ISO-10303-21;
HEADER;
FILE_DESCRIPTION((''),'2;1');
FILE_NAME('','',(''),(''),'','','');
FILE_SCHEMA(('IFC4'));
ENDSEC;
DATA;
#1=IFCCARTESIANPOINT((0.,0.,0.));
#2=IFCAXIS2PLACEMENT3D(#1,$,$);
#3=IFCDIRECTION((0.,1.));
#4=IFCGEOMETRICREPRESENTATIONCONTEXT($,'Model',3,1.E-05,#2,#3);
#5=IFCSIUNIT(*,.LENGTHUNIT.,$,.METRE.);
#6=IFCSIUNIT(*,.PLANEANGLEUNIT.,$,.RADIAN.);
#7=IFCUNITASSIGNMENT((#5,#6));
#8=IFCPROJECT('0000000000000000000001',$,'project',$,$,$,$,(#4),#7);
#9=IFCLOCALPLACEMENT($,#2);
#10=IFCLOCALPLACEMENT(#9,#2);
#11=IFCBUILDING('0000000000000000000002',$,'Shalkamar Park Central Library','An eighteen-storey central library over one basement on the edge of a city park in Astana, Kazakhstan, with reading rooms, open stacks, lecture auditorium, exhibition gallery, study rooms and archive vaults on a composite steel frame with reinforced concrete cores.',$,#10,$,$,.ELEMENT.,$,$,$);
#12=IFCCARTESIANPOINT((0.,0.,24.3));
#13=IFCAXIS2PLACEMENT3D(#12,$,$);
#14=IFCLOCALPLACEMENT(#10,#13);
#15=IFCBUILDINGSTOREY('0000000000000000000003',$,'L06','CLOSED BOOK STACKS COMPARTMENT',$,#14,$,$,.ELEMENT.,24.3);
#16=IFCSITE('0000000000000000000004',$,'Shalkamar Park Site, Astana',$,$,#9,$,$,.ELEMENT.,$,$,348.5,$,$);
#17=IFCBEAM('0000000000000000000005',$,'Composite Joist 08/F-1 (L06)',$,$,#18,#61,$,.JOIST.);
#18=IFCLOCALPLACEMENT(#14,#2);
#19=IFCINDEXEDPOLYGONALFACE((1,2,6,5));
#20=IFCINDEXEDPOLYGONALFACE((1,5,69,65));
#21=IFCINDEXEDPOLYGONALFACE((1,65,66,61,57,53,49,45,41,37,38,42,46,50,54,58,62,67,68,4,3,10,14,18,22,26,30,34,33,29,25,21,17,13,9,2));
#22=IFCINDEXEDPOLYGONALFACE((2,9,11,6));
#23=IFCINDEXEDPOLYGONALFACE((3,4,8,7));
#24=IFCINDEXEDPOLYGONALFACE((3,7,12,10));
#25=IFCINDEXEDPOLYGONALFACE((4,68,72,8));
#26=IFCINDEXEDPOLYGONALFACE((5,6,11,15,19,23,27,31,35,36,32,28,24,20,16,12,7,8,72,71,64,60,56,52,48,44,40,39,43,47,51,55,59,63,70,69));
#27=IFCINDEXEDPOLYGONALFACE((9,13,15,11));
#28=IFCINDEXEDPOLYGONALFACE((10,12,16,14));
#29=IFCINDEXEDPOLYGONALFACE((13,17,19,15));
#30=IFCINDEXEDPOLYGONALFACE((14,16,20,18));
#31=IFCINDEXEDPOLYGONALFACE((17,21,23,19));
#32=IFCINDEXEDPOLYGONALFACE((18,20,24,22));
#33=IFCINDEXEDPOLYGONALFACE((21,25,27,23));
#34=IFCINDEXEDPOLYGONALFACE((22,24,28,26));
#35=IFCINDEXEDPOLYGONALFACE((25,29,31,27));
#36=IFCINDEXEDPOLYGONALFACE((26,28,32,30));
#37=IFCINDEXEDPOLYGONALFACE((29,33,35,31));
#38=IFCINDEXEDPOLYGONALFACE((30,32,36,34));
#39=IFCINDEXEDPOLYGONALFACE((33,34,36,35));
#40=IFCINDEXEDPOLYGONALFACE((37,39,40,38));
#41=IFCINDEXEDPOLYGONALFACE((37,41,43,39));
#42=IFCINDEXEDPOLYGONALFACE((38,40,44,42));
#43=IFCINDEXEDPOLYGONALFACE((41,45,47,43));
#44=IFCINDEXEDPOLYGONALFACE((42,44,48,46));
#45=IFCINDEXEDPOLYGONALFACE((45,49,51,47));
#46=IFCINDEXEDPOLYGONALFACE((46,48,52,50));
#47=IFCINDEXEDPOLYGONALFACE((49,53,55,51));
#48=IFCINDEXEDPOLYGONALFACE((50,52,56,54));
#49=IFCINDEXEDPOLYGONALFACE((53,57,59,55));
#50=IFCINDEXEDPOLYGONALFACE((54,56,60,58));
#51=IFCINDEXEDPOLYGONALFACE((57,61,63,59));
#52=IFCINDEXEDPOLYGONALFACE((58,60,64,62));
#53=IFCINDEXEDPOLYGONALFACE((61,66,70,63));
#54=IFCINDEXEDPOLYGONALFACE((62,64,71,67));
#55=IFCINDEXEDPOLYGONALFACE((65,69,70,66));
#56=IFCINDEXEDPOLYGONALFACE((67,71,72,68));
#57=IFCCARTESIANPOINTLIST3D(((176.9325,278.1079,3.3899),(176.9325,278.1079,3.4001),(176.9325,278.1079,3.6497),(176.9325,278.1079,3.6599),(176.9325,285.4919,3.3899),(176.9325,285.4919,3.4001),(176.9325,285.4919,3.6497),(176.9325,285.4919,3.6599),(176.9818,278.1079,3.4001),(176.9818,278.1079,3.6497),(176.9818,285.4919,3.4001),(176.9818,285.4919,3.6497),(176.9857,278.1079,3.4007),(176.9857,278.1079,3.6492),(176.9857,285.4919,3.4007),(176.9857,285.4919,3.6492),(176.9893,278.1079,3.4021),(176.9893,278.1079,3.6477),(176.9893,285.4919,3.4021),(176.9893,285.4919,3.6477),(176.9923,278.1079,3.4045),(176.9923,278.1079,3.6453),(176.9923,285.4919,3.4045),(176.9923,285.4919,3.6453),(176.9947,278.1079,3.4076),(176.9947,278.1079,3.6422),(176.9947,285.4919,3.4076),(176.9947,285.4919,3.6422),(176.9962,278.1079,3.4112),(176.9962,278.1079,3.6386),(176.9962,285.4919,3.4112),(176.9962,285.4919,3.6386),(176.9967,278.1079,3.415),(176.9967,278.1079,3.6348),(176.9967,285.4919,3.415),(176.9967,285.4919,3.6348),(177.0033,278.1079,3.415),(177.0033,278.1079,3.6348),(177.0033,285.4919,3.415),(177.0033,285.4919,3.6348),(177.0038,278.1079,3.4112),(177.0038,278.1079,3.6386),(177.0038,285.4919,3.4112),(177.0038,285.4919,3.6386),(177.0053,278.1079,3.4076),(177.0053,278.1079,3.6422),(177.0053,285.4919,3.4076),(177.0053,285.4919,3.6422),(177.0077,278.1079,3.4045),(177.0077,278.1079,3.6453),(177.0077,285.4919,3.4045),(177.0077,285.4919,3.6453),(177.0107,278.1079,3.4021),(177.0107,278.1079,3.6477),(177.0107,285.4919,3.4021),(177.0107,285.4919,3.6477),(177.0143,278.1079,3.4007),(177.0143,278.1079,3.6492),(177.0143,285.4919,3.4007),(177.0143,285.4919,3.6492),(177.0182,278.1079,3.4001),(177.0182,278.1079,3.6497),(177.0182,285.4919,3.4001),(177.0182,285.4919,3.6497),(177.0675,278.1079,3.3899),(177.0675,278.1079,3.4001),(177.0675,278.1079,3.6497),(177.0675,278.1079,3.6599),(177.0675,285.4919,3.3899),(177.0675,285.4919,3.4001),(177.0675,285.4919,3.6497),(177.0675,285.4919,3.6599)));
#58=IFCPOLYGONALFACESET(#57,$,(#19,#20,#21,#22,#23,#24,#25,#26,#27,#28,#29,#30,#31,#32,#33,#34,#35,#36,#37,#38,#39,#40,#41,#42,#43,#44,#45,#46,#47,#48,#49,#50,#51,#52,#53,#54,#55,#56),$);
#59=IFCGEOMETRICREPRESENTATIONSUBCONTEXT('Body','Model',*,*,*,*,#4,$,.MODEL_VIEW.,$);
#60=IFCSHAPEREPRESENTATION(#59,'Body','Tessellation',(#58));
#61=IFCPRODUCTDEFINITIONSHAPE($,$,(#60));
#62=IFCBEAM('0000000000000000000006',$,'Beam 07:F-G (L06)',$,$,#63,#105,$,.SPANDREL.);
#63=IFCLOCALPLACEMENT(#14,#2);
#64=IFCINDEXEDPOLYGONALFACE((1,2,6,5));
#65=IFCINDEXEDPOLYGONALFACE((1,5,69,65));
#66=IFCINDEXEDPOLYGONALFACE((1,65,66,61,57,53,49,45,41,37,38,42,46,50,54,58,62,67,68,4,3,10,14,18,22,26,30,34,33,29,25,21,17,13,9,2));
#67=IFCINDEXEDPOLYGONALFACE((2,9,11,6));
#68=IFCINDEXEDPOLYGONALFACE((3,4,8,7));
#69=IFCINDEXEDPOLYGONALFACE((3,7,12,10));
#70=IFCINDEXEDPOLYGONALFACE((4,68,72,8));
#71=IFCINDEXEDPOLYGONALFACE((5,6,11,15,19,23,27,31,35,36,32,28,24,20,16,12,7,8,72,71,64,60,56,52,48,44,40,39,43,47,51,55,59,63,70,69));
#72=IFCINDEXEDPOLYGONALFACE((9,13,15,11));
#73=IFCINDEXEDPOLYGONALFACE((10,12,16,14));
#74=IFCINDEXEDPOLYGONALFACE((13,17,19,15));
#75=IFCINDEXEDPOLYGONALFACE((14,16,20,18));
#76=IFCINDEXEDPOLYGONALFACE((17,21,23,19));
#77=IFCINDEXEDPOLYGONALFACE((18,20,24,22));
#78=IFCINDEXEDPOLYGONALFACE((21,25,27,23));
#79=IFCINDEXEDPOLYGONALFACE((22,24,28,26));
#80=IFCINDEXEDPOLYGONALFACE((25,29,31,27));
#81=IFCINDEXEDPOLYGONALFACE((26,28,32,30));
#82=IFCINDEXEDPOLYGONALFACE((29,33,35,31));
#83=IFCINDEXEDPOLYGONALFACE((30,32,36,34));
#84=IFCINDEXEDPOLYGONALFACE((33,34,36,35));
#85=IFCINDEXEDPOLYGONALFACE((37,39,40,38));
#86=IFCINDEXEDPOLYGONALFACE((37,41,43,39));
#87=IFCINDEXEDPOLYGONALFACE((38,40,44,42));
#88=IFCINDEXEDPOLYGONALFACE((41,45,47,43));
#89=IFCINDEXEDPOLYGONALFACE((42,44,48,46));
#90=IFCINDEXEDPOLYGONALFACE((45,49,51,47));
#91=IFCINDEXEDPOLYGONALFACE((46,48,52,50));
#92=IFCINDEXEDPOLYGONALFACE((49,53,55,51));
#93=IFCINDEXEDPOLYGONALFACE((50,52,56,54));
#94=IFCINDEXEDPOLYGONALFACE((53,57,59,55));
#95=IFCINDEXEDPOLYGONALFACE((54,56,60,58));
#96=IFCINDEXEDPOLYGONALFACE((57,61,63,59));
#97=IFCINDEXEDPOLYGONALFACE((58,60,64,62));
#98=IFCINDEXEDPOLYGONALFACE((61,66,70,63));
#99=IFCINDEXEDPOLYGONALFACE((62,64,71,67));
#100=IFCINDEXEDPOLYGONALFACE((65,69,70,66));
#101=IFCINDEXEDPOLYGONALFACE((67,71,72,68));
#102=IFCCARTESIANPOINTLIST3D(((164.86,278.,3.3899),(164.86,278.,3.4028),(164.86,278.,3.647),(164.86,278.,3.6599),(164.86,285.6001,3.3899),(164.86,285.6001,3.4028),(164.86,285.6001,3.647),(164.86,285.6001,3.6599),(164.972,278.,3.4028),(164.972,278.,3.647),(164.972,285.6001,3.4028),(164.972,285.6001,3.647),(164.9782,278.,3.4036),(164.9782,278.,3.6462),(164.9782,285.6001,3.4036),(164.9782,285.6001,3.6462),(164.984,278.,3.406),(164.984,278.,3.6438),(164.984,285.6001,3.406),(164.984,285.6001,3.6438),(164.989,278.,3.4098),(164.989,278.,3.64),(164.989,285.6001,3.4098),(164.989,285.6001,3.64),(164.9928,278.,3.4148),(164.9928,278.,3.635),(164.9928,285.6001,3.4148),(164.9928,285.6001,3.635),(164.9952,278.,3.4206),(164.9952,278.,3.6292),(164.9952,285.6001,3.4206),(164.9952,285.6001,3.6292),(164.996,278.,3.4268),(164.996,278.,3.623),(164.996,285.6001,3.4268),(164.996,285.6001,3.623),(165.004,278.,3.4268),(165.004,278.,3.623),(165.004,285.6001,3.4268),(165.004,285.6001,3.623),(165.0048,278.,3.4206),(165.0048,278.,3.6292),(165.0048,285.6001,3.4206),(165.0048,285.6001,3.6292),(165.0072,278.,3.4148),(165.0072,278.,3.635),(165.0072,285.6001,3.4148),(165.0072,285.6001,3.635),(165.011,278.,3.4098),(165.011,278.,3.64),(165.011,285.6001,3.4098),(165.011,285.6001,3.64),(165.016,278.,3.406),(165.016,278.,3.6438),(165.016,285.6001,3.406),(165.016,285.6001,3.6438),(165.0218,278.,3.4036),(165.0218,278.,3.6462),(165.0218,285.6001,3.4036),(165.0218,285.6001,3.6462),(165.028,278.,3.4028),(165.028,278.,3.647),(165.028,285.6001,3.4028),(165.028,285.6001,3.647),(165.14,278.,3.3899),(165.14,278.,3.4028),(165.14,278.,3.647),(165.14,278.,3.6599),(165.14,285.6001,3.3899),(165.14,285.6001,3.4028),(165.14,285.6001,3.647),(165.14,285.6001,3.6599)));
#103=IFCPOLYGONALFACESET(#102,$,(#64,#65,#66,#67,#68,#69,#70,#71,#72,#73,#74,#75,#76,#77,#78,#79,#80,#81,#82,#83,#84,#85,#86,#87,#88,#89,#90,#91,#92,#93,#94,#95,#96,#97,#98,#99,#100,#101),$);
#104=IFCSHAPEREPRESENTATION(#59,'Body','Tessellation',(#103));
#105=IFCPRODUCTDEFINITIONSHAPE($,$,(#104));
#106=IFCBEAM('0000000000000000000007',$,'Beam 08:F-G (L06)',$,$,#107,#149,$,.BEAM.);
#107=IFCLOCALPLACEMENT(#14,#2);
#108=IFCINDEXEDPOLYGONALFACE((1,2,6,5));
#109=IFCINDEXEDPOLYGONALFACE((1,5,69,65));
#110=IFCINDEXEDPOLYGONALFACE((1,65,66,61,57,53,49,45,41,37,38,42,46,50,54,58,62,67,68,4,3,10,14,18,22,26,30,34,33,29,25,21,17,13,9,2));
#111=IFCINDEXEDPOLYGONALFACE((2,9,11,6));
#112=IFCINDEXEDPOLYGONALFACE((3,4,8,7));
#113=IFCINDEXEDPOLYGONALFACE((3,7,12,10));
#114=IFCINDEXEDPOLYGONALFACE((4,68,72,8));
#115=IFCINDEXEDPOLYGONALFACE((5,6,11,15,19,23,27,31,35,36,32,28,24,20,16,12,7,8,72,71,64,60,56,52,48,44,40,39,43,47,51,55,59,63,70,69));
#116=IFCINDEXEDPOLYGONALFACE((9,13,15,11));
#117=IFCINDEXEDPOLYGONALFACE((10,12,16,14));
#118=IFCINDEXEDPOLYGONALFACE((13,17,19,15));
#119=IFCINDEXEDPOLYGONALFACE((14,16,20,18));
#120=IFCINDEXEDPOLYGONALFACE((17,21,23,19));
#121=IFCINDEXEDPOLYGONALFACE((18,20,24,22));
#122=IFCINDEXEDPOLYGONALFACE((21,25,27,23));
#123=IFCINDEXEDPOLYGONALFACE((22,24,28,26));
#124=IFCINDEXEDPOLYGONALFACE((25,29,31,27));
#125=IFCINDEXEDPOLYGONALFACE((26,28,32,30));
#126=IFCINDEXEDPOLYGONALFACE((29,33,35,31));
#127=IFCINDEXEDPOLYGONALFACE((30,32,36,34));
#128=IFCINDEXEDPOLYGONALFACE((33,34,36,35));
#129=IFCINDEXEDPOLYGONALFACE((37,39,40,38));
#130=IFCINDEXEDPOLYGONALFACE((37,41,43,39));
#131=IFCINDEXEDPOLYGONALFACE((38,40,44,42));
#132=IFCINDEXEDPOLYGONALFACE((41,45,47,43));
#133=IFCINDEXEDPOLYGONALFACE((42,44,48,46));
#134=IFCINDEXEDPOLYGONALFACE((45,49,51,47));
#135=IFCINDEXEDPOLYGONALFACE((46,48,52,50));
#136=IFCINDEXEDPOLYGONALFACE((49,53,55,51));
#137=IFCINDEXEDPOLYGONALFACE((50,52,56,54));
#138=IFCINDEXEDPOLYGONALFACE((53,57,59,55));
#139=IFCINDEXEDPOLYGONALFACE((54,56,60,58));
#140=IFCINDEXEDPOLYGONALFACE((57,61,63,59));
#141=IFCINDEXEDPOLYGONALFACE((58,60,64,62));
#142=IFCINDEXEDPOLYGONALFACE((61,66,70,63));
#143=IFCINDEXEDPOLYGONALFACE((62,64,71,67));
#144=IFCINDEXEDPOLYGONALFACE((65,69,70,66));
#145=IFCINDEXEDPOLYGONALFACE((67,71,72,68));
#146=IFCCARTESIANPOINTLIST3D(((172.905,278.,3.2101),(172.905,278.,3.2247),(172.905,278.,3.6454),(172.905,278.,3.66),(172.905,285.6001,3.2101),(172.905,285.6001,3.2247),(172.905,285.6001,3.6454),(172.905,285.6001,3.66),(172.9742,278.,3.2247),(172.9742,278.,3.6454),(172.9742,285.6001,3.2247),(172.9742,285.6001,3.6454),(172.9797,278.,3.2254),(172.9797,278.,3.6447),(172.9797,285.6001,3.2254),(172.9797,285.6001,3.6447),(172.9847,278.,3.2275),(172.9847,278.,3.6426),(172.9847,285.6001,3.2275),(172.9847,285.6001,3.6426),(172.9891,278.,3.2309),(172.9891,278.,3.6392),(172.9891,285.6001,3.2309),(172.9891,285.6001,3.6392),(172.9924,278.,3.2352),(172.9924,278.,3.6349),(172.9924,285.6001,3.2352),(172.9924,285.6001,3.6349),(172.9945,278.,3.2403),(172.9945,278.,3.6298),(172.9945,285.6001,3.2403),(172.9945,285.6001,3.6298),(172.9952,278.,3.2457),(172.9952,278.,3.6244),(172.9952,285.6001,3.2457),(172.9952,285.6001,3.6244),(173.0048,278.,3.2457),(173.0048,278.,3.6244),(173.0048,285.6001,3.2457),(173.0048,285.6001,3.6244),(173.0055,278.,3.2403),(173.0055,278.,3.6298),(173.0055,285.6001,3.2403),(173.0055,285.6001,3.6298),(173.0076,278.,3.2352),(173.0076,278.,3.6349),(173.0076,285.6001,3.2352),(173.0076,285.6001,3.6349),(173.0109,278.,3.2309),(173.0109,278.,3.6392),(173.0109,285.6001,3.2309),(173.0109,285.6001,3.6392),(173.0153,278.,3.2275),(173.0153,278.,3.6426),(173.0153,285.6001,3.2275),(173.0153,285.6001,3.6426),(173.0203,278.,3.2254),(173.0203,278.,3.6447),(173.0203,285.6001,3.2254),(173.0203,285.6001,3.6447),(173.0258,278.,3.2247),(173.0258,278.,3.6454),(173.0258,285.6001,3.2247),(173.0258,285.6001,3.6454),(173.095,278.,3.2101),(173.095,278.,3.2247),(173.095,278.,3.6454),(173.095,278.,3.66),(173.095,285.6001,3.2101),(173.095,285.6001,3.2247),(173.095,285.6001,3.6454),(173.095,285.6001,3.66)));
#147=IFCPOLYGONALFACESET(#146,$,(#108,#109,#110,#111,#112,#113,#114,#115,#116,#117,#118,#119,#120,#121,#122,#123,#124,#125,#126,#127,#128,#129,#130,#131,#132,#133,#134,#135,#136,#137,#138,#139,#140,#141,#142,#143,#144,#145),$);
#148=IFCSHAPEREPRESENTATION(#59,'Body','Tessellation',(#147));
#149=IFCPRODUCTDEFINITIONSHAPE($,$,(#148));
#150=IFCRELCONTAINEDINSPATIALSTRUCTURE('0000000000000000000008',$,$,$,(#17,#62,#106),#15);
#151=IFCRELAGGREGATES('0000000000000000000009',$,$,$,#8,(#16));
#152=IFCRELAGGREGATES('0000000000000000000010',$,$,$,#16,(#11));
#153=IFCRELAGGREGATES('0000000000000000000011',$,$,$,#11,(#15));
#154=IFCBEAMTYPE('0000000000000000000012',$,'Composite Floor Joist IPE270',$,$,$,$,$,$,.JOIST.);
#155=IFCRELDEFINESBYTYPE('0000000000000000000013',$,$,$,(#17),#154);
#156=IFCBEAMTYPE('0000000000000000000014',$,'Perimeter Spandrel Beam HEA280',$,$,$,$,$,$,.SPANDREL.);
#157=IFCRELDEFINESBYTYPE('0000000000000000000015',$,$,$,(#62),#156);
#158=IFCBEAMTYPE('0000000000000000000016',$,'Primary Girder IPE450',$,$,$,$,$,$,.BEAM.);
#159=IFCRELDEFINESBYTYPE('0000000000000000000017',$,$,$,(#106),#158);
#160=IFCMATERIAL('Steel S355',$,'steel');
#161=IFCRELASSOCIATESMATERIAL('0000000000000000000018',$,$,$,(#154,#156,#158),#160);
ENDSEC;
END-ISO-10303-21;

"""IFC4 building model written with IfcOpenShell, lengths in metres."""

from ifc_helpers import new_model, si_unit, direction, frame, origin, origin_2d, place, context, subcontext, project, spatial, i_section, extrude, material, material_profile, profile_set, type_object, element, save


model = new_model("IFC4")

# Units and contexts
model_context = context("Model", 3, precision=1e-05, world=origin(), true_north=direction((0.0, 1.0)))
body_context = subcontext(model_context, "Body", "Model", "MODEL_VIEW")
ifc_project = project(units=[si_unit("LENGTHUNIT", "METRE"), si_unit("PLANEANGLEUNIT", "RADIAN")], contexts=[model_context])

# Site, building, storey
site_placement = place(None, origin())
site = spatial("IfcSite", under=ifc_project, at=site_placement, Name="Shalkamar Park Site, Astana", CompositionType="ELEMENT", RefElevation=348.5)
building_placement = place(site_placement, origin())
building = spatial("IfcBuilding", under=site, at=building_placement, Name="Shalkamar Park Central Library", Description="An eighteen-storey central library over one basement on the edge of a city park in Astana, Kazakhstan, with reading rooms, open stacks, lecture auditorium, exhibition gallery, study rooms and archive vaults on a composite steel frame with reinforced concrete cores.", CompositionType="ELEMENT")
storey_placement = place(building_placement, frame((0.0, 0.0, 24.3)))
storey = spatial("IfcBuildingStorey", under=building, at=storey_placement, Name="L06", Description="CLOSED BOOK STACKS COMPARTMENT", CompositionType="ELEMENT", Elevation=24.3)

# Shared definitions
ifc_material_1 = material(Name="Steel S355", Category="steel")

# Beams
ifc_material_profile_1 = material_profile(ifc_material_1, i_section(OverallWidth=0.135, OverallDepth=0.27, WebThickness=0.0066, FlangeThickness=0.0103, FilletRadius=0.0149, at=origin_2d()), Name="IPE 270")
ifc_profile_set_1 = profile_set([ifc_material_profile_1], Name="Steel S355")
beam_type_1 = type_object("IfcBeamType", Name="Composite Floor Joist IPE270", PredefinedType="JOIST", material=ifc_profile_set_1)
for number, where, z_axis, x_axis, name in (
    (1, (177.0, 278.1079, 3.5249), (0.0, 1.0, 0.0), (-1.0, 0.0, 0.0), "Composite Joist 08/F-1 (L06)"),
):
    element("IfcBeam", number, at=place(storey_placement, frame(where, z_axis=z_axis, x_axis=x_axis)), inside=storey, type_object=beam_type_1, Name=name, PredefinedType="JOIST", context=body_context, shape_type="SweptSolid", body=[
        extrude(i_section(OverallWidth=0.135, OverallDepth=0.27, WebThickness=0.0066, FlangeThickness=0.0103, FilletRadius=0.0149, at=origin_2d()), origin(), (0.0, 0.0, 1.0), 7.384),
    ])
ifc_material_profile_2 = material_profile(ifc_material_1, i_section(OverallWidth=0.28, OverallDepth=0.27, WebThickness=0.0081, FlangeThickness=0.0129, FilletRadius=0.0239, at=origin_2d()), Name="HEA 280")
ifc_profile_set_2 = profile_set([ifc_material_profile_2], Name="Steel S355")
beam_type_2 = type_object("IfcBeamType", Name="Perimeter Spandrel Beam HEA280", PredefinedType="SPANDREL", material=ifc_profile_set_2)
beam_1_placement = place(storey_placement, frame((165.0, 278.0, 3.5249), z_axis=(0.0, 1.0, 0.0), x_axis=(-1.0, 0.0, 0.0)))
element("IfcBeam", 2, at=beam_1_placement, inside=storey, type_object=beam_type_2, Name="Beam 07:F-G (L06)", PredefinedType="SPANDREL", context=body_context, shape_type="SweptSolid", body=[
    extrude(i_section(OverallWidth=0.28, OverallDepth=0.27, WebThickness=0.0081, FlangeThickness=0.0129, FilletRadius=0.0239, at=origin_2d()), origin(), (0.0, 0.0, 1.0), 7.6001),
])
ifc_material_profile_3 = material_profile(ifc_material_1, i_section(OverallWidth=0.1899, OverallDepth=0.45, WebThickness=0.0095, FlangeThickness=0.0146, FilletRadius=0.021, at=origin_2d()), Name="IPE 450")
ifc_profile_set_3 = profile_set([ifc_material_profile_3], Name="Steel S355")
beam_type_3 = type_object("IfcBeamType", Name="Primary Girder IPE450", PredefinedType="BEAM", material=ifc_profile_set_3)
beam_2_placement = place(storey_placement, frame((173.0, 278.0, 3.4351), z_axis=(0.0, 1.0, 0.0), x_axis=(-1.0, 0.0, 0.0)))
element("IfcBeam", 3, at=beam_2_placement, inside=storey, type_object=beam_type_3, Name="Beam 08:F-G (L06)", PredefinedType="BEAM", context=body_context, shape_type="SweptSolid", body=[
    extrude(i_section(OverallWidth=0.1899, OverallDepth=0.45, WebThickness=0.0095, FlangeThickness=0.0146, FilletRadius=0.021, at=origin_2d()), origin(), (0.0, 0.0, 1.0), 7.6001),
])

save(model, "model.ifc")
